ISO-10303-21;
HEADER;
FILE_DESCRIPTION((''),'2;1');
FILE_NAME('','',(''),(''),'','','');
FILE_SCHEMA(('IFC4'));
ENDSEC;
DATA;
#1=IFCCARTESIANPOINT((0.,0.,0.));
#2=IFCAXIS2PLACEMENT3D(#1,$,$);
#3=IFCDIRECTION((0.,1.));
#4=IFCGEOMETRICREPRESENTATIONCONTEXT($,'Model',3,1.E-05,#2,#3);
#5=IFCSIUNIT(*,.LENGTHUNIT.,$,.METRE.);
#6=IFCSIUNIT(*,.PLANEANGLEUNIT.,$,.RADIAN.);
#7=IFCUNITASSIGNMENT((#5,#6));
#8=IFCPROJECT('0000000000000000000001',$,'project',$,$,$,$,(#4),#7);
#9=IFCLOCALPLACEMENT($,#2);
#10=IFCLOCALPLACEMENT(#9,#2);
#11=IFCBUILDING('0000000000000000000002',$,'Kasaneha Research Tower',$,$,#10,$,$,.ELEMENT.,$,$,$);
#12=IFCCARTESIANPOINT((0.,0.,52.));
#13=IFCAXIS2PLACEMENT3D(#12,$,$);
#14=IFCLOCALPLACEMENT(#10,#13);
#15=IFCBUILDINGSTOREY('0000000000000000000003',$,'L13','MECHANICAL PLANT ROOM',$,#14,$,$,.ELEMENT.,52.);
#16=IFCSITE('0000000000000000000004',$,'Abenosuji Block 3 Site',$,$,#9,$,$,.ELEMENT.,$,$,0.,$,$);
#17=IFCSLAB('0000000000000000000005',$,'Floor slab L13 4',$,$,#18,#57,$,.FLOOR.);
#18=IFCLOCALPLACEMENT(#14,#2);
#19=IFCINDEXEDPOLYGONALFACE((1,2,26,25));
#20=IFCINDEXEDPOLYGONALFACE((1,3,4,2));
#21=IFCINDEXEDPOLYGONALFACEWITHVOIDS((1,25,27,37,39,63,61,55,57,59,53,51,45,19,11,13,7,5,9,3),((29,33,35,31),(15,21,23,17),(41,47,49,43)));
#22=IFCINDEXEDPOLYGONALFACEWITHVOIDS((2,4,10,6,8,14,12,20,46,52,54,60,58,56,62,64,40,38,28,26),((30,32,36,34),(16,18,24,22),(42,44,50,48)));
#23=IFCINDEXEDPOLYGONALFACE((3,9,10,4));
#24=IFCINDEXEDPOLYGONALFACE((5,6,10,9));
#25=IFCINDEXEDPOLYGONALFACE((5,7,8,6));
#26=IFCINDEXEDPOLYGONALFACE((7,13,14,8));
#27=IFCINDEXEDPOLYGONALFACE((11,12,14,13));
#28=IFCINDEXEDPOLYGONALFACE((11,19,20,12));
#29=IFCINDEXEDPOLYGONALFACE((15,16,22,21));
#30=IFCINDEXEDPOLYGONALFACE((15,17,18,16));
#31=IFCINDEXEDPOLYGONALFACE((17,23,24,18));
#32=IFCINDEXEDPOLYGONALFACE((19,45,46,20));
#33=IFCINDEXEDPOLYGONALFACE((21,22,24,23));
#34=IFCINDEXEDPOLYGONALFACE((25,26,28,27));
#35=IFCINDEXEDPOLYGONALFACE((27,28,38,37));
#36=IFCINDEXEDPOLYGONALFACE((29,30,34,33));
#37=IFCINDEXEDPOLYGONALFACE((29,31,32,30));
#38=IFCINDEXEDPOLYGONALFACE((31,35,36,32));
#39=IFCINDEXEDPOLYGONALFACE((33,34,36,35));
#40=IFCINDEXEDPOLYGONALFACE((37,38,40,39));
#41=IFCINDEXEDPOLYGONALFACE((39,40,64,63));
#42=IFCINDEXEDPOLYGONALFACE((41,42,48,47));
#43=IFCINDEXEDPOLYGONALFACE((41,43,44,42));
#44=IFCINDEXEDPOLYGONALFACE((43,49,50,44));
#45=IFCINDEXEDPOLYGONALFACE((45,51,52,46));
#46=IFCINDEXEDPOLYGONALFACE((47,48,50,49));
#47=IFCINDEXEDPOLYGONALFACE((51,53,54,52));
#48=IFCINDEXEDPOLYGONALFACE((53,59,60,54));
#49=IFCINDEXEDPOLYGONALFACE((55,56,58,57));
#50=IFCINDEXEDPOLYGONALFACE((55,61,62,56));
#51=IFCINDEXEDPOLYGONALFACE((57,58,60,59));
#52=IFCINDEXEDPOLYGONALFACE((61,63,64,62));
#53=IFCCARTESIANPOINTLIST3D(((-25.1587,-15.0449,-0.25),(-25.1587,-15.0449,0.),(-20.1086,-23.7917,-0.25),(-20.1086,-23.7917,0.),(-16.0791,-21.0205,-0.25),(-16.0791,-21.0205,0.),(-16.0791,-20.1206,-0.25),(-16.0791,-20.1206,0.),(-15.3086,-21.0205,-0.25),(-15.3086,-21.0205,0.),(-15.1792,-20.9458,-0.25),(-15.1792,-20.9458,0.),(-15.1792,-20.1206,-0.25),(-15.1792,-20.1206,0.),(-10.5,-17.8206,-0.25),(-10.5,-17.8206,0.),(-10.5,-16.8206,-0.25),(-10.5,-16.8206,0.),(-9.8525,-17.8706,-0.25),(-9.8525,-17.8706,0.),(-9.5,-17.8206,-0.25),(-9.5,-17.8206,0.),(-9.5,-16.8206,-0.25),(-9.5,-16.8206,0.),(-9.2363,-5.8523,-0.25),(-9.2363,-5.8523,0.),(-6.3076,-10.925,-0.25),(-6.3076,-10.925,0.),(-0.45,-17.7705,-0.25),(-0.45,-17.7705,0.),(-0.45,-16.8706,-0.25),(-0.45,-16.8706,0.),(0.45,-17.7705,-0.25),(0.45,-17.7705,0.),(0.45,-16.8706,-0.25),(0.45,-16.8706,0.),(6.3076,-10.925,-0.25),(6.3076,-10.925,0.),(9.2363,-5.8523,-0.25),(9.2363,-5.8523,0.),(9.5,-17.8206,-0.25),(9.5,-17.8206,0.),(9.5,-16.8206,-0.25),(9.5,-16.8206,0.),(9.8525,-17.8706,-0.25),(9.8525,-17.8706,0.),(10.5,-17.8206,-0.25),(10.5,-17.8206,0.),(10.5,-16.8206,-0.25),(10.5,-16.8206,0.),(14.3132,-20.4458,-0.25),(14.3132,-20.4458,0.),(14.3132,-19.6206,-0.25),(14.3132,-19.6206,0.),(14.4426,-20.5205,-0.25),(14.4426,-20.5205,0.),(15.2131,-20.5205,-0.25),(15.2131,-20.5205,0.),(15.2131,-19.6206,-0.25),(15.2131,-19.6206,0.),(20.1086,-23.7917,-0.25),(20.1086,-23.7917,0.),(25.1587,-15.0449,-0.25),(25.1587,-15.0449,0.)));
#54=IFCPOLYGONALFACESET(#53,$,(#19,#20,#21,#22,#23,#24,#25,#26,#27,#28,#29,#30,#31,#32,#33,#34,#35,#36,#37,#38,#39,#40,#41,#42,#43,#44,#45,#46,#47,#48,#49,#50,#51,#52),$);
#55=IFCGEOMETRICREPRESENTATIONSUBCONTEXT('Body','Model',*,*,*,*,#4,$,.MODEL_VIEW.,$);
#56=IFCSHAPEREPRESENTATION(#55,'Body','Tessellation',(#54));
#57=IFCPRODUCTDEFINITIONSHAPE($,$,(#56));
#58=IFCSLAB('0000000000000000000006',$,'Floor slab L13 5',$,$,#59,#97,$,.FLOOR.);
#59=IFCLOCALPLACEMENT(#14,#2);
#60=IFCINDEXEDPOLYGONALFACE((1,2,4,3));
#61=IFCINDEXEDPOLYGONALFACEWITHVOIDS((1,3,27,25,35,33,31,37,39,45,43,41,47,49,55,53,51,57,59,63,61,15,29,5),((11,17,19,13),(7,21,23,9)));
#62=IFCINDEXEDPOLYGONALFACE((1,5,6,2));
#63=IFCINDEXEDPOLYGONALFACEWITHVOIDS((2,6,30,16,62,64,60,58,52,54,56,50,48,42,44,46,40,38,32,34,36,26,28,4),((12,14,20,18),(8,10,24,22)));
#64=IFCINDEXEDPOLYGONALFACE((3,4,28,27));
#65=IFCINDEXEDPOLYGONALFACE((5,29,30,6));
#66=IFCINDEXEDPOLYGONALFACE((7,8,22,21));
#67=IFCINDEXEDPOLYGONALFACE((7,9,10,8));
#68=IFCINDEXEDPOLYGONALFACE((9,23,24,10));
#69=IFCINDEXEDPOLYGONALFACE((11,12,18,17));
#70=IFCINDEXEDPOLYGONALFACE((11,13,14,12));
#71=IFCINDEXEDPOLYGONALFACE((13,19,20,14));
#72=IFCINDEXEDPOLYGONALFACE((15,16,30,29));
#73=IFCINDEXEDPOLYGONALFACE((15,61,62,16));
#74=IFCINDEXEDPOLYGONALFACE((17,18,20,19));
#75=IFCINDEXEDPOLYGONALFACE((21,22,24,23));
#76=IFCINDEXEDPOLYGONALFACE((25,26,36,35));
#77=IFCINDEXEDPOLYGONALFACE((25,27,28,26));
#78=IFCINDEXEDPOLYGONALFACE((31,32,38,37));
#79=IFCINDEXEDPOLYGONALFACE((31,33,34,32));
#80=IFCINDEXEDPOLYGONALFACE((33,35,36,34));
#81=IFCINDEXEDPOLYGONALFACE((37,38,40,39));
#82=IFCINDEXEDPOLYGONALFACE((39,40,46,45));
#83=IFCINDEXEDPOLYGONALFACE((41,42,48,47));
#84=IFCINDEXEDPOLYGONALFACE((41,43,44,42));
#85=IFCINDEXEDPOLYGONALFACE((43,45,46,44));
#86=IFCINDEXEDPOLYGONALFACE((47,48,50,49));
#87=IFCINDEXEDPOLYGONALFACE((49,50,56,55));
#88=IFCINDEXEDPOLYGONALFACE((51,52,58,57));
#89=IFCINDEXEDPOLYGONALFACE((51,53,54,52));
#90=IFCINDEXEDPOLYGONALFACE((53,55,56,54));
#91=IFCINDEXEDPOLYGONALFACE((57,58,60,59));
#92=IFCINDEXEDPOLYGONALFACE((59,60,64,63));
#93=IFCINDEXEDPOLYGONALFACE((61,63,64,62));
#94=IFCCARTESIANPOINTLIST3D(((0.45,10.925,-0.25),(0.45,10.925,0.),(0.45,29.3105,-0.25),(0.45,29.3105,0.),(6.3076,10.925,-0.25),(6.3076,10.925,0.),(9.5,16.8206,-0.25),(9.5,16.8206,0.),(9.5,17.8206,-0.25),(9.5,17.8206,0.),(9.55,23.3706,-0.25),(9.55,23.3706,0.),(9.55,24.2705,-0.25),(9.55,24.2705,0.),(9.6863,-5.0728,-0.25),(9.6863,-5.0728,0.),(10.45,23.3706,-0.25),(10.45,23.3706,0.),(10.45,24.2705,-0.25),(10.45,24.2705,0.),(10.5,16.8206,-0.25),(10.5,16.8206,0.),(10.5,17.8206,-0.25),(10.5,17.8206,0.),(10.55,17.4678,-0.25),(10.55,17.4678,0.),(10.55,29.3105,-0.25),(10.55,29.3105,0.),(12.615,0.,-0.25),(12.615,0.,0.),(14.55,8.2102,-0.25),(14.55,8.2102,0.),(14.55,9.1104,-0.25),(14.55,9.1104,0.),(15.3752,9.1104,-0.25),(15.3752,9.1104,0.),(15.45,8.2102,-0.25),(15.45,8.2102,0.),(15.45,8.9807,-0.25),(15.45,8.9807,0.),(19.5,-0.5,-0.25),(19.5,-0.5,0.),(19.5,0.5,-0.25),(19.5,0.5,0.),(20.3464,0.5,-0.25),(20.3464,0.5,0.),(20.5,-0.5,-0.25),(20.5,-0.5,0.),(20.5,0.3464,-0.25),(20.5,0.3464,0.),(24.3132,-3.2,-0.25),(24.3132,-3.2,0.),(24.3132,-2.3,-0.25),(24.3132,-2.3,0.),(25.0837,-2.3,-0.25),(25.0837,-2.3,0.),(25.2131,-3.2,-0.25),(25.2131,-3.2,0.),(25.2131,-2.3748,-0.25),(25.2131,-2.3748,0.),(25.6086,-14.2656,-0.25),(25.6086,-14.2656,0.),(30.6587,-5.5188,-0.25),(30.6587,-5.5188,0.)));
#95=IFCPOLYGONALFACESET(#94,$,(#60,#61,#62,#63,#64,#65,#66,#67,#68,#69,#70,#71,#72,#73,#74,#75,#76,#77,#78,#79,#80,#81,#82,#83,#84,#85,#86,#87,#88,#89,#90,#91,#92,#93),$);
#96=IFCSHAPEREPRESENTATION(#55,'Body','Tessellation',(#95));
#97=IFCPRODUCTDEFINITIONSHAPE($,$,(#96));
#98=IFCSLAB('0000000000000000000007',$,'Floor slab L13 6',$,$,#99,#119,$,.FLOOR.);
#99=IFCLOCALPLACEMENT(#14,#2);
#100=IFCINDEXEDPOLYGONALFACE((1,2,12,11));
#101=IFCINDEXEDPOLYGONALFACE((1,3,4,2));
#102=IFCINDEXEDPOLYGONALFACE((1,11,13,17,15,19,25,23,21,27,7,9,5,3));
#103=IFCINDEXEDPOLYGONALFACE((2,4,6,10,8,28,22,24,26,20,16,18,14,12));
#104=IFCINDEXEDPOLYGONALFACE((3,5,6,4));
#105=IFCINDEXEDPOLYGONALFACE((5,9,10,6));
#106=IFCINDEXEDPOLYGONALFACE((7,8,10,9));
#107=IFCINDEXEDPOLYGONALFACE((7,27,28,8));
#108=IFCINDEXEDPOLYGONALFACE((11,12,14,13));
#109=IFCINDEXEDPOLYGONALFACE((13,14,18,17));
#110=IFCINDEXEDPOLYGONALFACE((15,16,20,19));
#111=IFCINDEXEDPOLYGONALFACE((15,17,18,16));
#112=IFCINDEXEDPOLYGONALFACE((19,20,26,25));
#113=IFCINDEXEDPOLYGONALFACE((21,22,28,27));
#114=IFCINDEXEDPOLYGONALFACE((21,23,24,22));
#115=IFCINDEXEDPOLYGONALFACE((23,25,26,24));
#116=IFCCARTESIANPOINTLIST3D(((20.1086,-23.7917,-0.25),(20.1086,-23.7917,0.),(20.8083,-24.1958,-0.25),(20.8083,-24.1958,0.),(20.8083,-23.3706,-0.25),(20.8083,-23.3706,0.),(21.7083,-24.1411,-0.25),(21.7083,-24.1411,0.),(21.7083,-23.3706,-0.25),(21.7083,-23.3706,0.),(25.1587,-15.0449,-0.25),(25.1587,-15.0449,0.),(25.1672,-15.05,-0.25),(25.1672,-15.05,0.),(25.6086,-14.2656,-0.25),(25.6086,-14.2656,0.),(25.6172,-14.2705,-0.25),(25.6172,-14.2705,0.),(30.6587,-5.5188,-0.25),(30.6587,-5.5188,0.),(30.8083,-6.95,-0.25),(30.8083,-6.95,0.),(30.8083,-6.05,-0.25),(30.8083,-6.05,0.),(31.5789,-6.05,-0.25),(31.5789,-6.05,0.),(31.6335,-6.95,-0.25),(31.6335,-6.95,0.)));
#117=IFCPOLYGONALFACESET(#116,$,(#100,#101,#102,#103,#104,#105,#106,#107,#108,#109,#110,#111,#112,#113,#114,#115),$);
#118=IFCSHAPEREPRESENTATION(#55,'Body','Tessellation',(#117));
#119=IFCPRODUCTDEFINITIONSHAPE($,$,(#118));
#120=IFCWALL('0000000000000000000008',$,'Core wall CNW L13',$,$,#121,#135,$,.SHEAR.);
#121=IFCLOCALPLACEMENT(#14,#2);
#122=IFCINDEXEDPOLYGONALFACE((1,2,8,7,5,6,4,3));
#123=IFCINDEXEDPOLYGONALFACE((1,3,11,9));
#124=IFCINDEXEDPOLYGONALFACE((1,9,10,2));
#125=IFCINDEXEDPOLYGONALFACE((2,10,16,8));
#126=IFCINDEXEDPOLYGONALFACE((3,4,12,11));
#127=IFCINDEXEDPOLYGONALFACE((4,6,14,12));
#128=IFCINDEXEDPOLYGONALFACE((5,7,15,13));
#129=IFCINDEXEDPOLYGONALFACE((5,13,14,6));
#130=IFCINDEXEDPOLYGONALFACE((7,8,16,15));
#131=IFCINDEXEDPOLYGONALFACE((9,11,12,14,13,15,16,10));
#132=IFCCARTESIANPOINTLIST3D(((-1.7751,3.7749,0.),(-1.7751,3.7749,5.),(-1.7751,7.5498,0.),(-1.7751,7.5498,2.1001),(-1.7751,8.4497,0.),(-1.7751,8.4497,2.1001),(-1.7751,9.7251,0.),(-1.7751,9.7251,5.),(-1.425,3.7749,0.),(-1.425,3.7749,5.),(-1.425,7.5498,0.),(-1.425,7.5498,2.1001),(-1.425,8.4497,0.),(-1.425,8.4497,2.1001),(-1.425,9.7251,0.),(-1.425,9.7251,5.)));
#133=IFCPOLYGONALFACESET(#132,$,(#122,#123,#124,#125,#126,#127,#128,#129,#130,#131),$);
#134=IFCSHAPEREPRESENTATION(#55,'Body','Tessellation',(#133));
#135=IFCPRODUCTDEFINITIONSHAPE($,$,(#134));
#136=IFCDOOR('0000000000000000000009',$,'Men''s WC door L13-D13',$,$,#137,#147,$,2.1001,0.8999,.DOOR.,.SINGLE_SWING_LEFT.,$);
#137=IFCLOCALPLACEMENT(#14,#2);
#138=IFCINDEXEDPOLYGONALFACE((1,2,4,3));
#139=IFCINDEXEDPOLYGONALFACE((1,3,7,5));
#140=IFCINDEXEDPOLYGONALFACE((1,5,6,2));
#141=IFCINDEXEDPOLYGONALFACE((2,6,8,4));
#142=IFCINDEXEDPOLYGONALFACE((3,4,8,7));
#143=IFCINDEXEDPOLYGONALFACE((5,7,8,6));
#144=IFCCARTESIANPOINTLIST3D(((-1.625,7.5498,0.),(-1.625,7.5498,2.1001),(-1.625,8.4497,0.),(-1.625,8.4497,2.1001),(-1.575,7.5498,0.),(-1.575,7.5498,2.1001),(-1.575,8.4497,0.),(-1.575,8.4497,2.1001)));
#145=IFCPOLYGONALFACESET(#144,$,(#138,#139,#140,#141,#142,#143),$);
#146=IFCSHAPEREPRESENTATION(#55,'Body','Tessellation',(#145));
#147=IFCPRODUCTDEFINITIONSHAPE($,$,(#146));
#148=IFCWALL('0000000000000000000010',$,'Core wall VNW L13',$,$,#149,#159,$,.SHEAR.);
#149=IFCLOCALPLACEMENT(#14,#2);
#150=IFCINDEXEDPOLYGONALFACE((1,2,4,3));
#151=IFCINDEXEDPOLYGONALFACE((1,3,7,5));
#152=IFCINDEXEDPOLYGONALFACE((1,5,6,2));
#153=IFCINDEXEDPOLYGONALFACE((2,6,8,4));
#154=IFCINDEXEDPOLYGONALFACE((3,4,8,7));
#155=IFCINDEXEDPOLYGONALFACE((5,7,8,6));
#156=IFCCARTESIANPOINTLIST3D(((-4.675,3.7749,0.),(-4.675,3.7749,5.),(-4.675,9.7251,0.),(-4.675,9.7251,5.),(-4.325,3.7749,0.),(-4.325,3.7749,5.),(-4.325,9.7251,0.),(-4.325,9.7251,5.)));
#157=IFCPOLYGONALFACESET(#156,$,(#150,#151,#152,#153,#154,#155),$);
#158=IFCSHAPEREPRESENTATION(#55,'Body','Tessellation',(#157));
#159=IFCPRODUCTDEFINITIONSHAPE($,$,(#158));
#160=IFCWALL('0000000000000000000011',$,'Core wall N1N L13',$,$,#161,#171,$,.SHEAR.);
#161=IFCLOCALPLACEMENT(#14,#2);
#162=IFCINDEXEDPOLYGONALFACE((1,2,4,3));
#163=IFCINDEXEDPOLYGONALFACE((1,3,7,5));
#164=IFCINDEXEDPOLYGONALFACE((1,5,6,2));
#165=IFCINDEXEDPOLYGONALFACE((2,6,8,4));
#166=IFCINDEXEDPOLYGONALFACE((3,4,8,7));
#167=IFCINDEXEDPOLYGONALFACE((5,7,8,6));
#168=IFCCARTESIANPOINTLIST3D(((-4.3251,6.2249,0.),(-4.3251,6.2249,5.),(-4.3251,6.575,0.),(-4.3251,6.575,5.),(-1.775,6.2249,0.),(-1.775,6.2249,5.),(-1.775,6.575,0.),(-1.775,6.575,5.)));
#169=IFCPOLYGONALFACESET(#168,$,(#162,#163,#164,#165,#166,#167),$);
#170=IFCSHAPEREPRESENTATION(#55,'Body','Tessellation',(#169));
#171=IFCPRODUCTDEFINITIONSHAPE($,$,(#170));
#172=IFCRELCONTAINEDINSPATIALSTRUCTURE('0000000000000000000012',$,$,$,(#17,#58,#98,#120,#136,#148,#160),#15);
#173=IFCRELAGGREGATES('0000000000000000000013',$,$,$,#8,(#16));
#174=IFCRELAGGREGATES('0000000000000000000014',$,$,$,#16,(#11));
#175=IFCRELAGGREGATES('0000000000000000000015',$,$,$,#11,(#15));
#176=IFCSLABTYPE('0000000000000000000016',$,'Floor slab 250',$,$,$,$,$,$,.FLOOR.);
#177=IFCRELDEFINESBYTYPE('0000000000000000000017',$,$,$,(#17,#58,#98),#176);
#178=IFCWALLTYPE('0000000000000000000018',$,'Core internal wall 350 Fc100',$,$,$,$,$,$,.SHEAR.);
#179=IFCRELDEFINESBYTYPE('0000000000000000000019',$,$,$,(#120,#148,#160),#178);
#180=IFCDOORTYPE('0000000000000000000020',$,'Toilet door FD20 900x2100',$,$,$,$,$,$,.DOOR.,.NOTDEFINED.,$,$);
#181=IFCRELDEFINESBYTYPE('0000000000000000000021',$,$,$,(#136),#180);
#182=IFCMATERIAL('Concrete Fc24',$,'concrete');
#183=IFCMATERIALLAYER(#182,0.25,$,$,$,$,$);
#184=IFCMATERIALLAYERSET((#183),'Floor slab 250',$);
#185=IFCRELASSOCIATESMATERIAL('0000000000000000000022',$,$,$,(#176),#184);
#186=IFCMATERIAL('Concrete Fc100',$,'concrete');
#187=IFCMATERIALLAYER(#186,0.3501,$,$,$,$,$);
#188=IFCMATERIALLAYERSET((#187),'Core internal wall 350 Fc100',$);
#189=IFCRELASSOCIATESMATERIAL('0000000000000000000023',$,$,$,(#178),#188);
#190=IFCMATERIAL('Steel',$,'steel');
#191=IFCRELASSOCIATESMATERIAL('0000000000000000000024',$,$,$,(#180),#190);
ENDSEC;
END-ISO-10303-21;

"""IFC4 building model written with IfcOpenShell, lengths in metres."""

from ifc_helpers import new_model, si_unit, direction, frame, frame_2d, origin, place, context, subcontext, project, spatial, polyline, rectangle, outline, extrude, material, layer, layer_set, type_object, element, fill, save


model = new_model("IFC4")

# Units and contexts
model_context = context("Model", 3, precision=1e-05, world=origin(), true_north=direction((0.0, 1.0)))
body_context = subcontext(model_context, "Body", "Model", "MODEL_VIEW")
ifc_project = project(units=[si_unit("LENGTHUNIT", "METRE"), si_unit("PLANEANGLEUNIT", "RADIAN")], contexts=[model_context])

# Site, building, storey
site_placement = place(None, origin())
site = spatial("IfcSite", under=ifc_project, at=site_placement, Name="Abenosuji Block 3 Site", CompositionType="ELEMENT", RefElevation=0.0)
building_placement = place(site_placement, origin())
building = spatial("IfcBuilding", under=site, at=building_placement, Name="Kasaneha Research Tower", CompositionType="ELEMENT")
storey_placement = place(building_placement, frame((0.0, 0.0, 52.0)))
storey = spatial("IfcBuildingStorey", under=building, at=storey_placement, Name="L13", Description="MECHANICAL PLANT ROOM", CompositionType="ELEMENT", Elevation=52.0)

# Slabs
ifc_material_1 = material(Name="Concrete Fc24", Category="concrete")
ifc_layer_1 = layer(ifc_material_1, 0.25)
ifc_layer_set_1 = layer_set([ifc_layer_1], Name="Floor slab 250")
slab_type_1 = type_object("IfcSlabType", Name="Floor slab 250", PredefinedType="FLOOR", material=ifc_layer_set_1)
slab_1_placement = place(storey_placement, frame((0.0, 0.0, -0.25)))
element("IfcSlab", 1, at=slab_1_placement, inside=storey, type_object=slab_type_1, Name="Floor slab L13 4", PredefinedType="FLOOR", context=body_context, shape_type="SweptSolid", body=[
    extrude(outline(polyline([(-6.3076, -10.925), (6.3076, -10.925), (9.2363, -5.8523), (25.1587, -15.0449), (20.1086, -23.7917), (14.4426, -20.5205), (15.2131, -20.5205), (15.2131, -19.6206), (14.3132, -19.6206), (14.3132, -20.4458), (9.8525, -17.8706), (-9.8525, -17.8706), (-15.1792, -20.9458), (-15.1792, -20.1206), (-16.0791, -20.1206), (-16.0791, -21.0205), (-15.3086, -21.0205), (-20.1086, -23.7917), (-25.1587, -15.0449), (-9.2363, -5.8523), (-6.3076, -10.925)]), holes=[polyline([(-0.45, -17.7705), (0.45, -17.7705), (0.45, -16.8706), (-0.45, -16.8706), (-0.45, -17.7705)]), polyline([(-9.5, -17.8206), (-9.5, -16.8206), (-10.5, -16.8206), (-10.5, -17.8206), (-9.5, -17.8206)]), polyline([(10.5, -17.8206), (10.5, -16.8206), (9.5, -16.8206), (9.5, -17.8206), (10.5, -17.8206)])]), origin(), (0.0, 0.0, 1.0), 0.25),
])
slab_2_placement = place(storey_placement, frame((0.0, 0.0, -0.25)))
element("IfcSlab", 2, at=slab_2_placement, inside=storey, type_object=slab_type_1, Name="Floor slab L13 5", PredefinedType="FLOOR", context=body_context, shape_type="SweptSolid", body=[
    extrude(outline(polyline([(9.6863, -5.0728), (12.615, 0.0), (6.3076, 10.925), (0.45, 10.925), (0.45, 29.3105), (10.55, 29.3105), (10.55, 17.4678), (15.3752, 9.1104), (14.55, 9.1104), (14.55, 8.2102), (15.45, 8.2102), (15.45, 8.9807), (20.3464, 0.5), (19.5, 0.5), (19.5, -0.5), (20.5, -0.5), (20.5, 0.3464), (25.0837, -2.3), (24.3132, -2.3), (24.3132, -3.2), (25.2131, -3.2), (25.2131, -2.3748), (30.6587, -5.5188), (25.6086, -14.2656), (9.6863, -5.0728)]), holes=[polyline([(9.5, 16.8206), (10.5, 16.8206), (10.5, 17.8206), (9.5, 17.8206), (9.5, 16.8206)]), polyline([(9.55, 23.3706), (10.45, 23.3706), (10.45, 24.2705), (9.55, 24.2705), (9.55, 23.3706)])]), origin(), (0.0, 0.0, 1.0), 0.25),
])
slab_3_placement = place(storey_placement, frame((0.0, 0.0, -0.25)))
element("IfcSlab", 3, at=slab_3_placement, inside=storey, type_object=slab_type_1, Name="Floor slab L13 6", PredefinedType="FLOOR", context=body_context, shape_type="SweptSolid", body=[
    extrude(outline(polyline([(25.1672, -15.05), (25.6172, -14.2705), (25.6086, -14.2656), (30.6587, -5.5188), (31.5789, -6.05), (30.8083, -6.05), (30.8083, -6.95), (31.6335, -6.95), (21.7083, -24.1411), (21.7083, -23.3706), (20.8083, -23.3706), (20.8083, -24.1958), (20.1086, -23.7917), (25.1587, -15.0449), (25.1672, -15.05)])), origin(), (0.0, 0.0, 1.0), 0.25),
])

# Wall, opening, door
ifc_material_2 = material(Name="Concrete Fc100", Category="concrete")
ifc_layer_2 = layer(ifc_material_2, 0.3501)
ifc_layer_set_2 = layer_set([ifc_layer_2], Name="Core internal wall 350 Fc100")
wall_type_1 = type_object("IfcWallType", Name="Core internal wall 350 Fc100", PredefinedType="SHEAR", material=ifc_layer_set_2)
wall_1_placement = place(storey_placement, frame((-1.6001, 3.7749, 0.0), z_axis=(0.0, 0.0, 1.0), x_axis=(0.0, 1.0, 0.0)))
wall_1 = element("IfcWall", 4, at=wall_1_placement, inside=storey, type_object=wall_type_1, Name="Core wall CNW L13", PredefinedType="SHEAR", context=body_context, shape_type="SweptSolid", body=[
    extrude(rectangle(XDim=5.9502, YDim=0.3501, at=frame_2d((2.9751, 0.0))), origin(), (0.0, 0.0, 1.0), 5.0),
])
opening_1_placement = place(wall_1_placement, frame((3.7749, 0.0, 0.0)))
opening_1 = element("IfcOpeningElement", 5, at=opening_1_placement, cuts=wall_1, PredefinedType="OPENING", context=body_context, shape_type="SweptSolid", body=[
    extrude(rectangle(XDim=0.8999, YDim=2.1001, at=frame_2d((0.45, 1.05))), frame((0.0, 0.1851, 0.0), z_axis=(0.0, -1.0, 0.0), x_axis=(1.0, 0.0, 0.0)), (0.0, 0.0, 1.0), 0.3701),
])
ifc_material_3 = material(Name="Steel", Category="steel")
door_type_1 = type_object("IfcDoorType", Name="Toilet door FD20 900x2100", OperationType="NOTDEFINED", PredefinedType="DOOR", material=ifc_material_3)
door_1_placement = place(opening_1_placement, origin())
door_1 = element("IfcDoor", 6, at=door_1_placement, inside=storey, type_object=door_type_1, Name="Men's WC door L13-D13", OperationType="SINGLE_SWING_LEFT", OverallHeight=2.1001, OverallWidth=0.8999, PredefinedType="DOOR", context=body_context, shape_type="SweptSolid", body=[
    extrude(rectangle(XDim=0.8999, YDim=2.1001, at=frame_2d((0.45, 1.05))), frame((0.0, 0.0249, 0.0), z_axis=(0.0, -1.0, 0.0), x_axis=(1.0, 0.0, 0.0)), (0.0, 0.0, 1.0), 0.05),
])
fill(opening_1, door_1)

# Walls
wall_2_placement = place(storey_placement, frame((-4.5, 3.7749, 0.0), z_axis=(0.0, 0.0, 1.0), x_axis=(0.0, 1.0, 0.0)))
element("IfcWall", 7, at=wall_2_placement, inside=storey, type_object=wall_type_1, Name="Core wall VNW L13", PredefinedType="SHEAR", context=body_context, shape_type="SweptSolid", body=[
    extrude(rectangle(XDim=5.9502, YDim=0.3501, at=frame_2d((2.9751, 0.0))), origin(), (0.0, 0.0, 1.0), 5.0),
])
wall_3_placement = place(storey_placement, frame((-4.325, 6.3999, 0.0), z_axis=(0.0, 0.0, 1.0), x_axis=(1.0, 0.0, 0.0)))
element("IfcWall", 8, at=wall_3_placement, inside=storey, type_object=wall_type_1, Name="Core wall N1N L13", PredefinedType="SHEAR", context=body_context, shape_type="SweptSolid", body=[
    extrude(rectangle(XDim=2.55, YDim=0.3501, at=frame_2d((1.2749, 0.0))), origin(), (0.0, 0.0, 1.0), 5.0),
])

save(model, "model.ifc")
